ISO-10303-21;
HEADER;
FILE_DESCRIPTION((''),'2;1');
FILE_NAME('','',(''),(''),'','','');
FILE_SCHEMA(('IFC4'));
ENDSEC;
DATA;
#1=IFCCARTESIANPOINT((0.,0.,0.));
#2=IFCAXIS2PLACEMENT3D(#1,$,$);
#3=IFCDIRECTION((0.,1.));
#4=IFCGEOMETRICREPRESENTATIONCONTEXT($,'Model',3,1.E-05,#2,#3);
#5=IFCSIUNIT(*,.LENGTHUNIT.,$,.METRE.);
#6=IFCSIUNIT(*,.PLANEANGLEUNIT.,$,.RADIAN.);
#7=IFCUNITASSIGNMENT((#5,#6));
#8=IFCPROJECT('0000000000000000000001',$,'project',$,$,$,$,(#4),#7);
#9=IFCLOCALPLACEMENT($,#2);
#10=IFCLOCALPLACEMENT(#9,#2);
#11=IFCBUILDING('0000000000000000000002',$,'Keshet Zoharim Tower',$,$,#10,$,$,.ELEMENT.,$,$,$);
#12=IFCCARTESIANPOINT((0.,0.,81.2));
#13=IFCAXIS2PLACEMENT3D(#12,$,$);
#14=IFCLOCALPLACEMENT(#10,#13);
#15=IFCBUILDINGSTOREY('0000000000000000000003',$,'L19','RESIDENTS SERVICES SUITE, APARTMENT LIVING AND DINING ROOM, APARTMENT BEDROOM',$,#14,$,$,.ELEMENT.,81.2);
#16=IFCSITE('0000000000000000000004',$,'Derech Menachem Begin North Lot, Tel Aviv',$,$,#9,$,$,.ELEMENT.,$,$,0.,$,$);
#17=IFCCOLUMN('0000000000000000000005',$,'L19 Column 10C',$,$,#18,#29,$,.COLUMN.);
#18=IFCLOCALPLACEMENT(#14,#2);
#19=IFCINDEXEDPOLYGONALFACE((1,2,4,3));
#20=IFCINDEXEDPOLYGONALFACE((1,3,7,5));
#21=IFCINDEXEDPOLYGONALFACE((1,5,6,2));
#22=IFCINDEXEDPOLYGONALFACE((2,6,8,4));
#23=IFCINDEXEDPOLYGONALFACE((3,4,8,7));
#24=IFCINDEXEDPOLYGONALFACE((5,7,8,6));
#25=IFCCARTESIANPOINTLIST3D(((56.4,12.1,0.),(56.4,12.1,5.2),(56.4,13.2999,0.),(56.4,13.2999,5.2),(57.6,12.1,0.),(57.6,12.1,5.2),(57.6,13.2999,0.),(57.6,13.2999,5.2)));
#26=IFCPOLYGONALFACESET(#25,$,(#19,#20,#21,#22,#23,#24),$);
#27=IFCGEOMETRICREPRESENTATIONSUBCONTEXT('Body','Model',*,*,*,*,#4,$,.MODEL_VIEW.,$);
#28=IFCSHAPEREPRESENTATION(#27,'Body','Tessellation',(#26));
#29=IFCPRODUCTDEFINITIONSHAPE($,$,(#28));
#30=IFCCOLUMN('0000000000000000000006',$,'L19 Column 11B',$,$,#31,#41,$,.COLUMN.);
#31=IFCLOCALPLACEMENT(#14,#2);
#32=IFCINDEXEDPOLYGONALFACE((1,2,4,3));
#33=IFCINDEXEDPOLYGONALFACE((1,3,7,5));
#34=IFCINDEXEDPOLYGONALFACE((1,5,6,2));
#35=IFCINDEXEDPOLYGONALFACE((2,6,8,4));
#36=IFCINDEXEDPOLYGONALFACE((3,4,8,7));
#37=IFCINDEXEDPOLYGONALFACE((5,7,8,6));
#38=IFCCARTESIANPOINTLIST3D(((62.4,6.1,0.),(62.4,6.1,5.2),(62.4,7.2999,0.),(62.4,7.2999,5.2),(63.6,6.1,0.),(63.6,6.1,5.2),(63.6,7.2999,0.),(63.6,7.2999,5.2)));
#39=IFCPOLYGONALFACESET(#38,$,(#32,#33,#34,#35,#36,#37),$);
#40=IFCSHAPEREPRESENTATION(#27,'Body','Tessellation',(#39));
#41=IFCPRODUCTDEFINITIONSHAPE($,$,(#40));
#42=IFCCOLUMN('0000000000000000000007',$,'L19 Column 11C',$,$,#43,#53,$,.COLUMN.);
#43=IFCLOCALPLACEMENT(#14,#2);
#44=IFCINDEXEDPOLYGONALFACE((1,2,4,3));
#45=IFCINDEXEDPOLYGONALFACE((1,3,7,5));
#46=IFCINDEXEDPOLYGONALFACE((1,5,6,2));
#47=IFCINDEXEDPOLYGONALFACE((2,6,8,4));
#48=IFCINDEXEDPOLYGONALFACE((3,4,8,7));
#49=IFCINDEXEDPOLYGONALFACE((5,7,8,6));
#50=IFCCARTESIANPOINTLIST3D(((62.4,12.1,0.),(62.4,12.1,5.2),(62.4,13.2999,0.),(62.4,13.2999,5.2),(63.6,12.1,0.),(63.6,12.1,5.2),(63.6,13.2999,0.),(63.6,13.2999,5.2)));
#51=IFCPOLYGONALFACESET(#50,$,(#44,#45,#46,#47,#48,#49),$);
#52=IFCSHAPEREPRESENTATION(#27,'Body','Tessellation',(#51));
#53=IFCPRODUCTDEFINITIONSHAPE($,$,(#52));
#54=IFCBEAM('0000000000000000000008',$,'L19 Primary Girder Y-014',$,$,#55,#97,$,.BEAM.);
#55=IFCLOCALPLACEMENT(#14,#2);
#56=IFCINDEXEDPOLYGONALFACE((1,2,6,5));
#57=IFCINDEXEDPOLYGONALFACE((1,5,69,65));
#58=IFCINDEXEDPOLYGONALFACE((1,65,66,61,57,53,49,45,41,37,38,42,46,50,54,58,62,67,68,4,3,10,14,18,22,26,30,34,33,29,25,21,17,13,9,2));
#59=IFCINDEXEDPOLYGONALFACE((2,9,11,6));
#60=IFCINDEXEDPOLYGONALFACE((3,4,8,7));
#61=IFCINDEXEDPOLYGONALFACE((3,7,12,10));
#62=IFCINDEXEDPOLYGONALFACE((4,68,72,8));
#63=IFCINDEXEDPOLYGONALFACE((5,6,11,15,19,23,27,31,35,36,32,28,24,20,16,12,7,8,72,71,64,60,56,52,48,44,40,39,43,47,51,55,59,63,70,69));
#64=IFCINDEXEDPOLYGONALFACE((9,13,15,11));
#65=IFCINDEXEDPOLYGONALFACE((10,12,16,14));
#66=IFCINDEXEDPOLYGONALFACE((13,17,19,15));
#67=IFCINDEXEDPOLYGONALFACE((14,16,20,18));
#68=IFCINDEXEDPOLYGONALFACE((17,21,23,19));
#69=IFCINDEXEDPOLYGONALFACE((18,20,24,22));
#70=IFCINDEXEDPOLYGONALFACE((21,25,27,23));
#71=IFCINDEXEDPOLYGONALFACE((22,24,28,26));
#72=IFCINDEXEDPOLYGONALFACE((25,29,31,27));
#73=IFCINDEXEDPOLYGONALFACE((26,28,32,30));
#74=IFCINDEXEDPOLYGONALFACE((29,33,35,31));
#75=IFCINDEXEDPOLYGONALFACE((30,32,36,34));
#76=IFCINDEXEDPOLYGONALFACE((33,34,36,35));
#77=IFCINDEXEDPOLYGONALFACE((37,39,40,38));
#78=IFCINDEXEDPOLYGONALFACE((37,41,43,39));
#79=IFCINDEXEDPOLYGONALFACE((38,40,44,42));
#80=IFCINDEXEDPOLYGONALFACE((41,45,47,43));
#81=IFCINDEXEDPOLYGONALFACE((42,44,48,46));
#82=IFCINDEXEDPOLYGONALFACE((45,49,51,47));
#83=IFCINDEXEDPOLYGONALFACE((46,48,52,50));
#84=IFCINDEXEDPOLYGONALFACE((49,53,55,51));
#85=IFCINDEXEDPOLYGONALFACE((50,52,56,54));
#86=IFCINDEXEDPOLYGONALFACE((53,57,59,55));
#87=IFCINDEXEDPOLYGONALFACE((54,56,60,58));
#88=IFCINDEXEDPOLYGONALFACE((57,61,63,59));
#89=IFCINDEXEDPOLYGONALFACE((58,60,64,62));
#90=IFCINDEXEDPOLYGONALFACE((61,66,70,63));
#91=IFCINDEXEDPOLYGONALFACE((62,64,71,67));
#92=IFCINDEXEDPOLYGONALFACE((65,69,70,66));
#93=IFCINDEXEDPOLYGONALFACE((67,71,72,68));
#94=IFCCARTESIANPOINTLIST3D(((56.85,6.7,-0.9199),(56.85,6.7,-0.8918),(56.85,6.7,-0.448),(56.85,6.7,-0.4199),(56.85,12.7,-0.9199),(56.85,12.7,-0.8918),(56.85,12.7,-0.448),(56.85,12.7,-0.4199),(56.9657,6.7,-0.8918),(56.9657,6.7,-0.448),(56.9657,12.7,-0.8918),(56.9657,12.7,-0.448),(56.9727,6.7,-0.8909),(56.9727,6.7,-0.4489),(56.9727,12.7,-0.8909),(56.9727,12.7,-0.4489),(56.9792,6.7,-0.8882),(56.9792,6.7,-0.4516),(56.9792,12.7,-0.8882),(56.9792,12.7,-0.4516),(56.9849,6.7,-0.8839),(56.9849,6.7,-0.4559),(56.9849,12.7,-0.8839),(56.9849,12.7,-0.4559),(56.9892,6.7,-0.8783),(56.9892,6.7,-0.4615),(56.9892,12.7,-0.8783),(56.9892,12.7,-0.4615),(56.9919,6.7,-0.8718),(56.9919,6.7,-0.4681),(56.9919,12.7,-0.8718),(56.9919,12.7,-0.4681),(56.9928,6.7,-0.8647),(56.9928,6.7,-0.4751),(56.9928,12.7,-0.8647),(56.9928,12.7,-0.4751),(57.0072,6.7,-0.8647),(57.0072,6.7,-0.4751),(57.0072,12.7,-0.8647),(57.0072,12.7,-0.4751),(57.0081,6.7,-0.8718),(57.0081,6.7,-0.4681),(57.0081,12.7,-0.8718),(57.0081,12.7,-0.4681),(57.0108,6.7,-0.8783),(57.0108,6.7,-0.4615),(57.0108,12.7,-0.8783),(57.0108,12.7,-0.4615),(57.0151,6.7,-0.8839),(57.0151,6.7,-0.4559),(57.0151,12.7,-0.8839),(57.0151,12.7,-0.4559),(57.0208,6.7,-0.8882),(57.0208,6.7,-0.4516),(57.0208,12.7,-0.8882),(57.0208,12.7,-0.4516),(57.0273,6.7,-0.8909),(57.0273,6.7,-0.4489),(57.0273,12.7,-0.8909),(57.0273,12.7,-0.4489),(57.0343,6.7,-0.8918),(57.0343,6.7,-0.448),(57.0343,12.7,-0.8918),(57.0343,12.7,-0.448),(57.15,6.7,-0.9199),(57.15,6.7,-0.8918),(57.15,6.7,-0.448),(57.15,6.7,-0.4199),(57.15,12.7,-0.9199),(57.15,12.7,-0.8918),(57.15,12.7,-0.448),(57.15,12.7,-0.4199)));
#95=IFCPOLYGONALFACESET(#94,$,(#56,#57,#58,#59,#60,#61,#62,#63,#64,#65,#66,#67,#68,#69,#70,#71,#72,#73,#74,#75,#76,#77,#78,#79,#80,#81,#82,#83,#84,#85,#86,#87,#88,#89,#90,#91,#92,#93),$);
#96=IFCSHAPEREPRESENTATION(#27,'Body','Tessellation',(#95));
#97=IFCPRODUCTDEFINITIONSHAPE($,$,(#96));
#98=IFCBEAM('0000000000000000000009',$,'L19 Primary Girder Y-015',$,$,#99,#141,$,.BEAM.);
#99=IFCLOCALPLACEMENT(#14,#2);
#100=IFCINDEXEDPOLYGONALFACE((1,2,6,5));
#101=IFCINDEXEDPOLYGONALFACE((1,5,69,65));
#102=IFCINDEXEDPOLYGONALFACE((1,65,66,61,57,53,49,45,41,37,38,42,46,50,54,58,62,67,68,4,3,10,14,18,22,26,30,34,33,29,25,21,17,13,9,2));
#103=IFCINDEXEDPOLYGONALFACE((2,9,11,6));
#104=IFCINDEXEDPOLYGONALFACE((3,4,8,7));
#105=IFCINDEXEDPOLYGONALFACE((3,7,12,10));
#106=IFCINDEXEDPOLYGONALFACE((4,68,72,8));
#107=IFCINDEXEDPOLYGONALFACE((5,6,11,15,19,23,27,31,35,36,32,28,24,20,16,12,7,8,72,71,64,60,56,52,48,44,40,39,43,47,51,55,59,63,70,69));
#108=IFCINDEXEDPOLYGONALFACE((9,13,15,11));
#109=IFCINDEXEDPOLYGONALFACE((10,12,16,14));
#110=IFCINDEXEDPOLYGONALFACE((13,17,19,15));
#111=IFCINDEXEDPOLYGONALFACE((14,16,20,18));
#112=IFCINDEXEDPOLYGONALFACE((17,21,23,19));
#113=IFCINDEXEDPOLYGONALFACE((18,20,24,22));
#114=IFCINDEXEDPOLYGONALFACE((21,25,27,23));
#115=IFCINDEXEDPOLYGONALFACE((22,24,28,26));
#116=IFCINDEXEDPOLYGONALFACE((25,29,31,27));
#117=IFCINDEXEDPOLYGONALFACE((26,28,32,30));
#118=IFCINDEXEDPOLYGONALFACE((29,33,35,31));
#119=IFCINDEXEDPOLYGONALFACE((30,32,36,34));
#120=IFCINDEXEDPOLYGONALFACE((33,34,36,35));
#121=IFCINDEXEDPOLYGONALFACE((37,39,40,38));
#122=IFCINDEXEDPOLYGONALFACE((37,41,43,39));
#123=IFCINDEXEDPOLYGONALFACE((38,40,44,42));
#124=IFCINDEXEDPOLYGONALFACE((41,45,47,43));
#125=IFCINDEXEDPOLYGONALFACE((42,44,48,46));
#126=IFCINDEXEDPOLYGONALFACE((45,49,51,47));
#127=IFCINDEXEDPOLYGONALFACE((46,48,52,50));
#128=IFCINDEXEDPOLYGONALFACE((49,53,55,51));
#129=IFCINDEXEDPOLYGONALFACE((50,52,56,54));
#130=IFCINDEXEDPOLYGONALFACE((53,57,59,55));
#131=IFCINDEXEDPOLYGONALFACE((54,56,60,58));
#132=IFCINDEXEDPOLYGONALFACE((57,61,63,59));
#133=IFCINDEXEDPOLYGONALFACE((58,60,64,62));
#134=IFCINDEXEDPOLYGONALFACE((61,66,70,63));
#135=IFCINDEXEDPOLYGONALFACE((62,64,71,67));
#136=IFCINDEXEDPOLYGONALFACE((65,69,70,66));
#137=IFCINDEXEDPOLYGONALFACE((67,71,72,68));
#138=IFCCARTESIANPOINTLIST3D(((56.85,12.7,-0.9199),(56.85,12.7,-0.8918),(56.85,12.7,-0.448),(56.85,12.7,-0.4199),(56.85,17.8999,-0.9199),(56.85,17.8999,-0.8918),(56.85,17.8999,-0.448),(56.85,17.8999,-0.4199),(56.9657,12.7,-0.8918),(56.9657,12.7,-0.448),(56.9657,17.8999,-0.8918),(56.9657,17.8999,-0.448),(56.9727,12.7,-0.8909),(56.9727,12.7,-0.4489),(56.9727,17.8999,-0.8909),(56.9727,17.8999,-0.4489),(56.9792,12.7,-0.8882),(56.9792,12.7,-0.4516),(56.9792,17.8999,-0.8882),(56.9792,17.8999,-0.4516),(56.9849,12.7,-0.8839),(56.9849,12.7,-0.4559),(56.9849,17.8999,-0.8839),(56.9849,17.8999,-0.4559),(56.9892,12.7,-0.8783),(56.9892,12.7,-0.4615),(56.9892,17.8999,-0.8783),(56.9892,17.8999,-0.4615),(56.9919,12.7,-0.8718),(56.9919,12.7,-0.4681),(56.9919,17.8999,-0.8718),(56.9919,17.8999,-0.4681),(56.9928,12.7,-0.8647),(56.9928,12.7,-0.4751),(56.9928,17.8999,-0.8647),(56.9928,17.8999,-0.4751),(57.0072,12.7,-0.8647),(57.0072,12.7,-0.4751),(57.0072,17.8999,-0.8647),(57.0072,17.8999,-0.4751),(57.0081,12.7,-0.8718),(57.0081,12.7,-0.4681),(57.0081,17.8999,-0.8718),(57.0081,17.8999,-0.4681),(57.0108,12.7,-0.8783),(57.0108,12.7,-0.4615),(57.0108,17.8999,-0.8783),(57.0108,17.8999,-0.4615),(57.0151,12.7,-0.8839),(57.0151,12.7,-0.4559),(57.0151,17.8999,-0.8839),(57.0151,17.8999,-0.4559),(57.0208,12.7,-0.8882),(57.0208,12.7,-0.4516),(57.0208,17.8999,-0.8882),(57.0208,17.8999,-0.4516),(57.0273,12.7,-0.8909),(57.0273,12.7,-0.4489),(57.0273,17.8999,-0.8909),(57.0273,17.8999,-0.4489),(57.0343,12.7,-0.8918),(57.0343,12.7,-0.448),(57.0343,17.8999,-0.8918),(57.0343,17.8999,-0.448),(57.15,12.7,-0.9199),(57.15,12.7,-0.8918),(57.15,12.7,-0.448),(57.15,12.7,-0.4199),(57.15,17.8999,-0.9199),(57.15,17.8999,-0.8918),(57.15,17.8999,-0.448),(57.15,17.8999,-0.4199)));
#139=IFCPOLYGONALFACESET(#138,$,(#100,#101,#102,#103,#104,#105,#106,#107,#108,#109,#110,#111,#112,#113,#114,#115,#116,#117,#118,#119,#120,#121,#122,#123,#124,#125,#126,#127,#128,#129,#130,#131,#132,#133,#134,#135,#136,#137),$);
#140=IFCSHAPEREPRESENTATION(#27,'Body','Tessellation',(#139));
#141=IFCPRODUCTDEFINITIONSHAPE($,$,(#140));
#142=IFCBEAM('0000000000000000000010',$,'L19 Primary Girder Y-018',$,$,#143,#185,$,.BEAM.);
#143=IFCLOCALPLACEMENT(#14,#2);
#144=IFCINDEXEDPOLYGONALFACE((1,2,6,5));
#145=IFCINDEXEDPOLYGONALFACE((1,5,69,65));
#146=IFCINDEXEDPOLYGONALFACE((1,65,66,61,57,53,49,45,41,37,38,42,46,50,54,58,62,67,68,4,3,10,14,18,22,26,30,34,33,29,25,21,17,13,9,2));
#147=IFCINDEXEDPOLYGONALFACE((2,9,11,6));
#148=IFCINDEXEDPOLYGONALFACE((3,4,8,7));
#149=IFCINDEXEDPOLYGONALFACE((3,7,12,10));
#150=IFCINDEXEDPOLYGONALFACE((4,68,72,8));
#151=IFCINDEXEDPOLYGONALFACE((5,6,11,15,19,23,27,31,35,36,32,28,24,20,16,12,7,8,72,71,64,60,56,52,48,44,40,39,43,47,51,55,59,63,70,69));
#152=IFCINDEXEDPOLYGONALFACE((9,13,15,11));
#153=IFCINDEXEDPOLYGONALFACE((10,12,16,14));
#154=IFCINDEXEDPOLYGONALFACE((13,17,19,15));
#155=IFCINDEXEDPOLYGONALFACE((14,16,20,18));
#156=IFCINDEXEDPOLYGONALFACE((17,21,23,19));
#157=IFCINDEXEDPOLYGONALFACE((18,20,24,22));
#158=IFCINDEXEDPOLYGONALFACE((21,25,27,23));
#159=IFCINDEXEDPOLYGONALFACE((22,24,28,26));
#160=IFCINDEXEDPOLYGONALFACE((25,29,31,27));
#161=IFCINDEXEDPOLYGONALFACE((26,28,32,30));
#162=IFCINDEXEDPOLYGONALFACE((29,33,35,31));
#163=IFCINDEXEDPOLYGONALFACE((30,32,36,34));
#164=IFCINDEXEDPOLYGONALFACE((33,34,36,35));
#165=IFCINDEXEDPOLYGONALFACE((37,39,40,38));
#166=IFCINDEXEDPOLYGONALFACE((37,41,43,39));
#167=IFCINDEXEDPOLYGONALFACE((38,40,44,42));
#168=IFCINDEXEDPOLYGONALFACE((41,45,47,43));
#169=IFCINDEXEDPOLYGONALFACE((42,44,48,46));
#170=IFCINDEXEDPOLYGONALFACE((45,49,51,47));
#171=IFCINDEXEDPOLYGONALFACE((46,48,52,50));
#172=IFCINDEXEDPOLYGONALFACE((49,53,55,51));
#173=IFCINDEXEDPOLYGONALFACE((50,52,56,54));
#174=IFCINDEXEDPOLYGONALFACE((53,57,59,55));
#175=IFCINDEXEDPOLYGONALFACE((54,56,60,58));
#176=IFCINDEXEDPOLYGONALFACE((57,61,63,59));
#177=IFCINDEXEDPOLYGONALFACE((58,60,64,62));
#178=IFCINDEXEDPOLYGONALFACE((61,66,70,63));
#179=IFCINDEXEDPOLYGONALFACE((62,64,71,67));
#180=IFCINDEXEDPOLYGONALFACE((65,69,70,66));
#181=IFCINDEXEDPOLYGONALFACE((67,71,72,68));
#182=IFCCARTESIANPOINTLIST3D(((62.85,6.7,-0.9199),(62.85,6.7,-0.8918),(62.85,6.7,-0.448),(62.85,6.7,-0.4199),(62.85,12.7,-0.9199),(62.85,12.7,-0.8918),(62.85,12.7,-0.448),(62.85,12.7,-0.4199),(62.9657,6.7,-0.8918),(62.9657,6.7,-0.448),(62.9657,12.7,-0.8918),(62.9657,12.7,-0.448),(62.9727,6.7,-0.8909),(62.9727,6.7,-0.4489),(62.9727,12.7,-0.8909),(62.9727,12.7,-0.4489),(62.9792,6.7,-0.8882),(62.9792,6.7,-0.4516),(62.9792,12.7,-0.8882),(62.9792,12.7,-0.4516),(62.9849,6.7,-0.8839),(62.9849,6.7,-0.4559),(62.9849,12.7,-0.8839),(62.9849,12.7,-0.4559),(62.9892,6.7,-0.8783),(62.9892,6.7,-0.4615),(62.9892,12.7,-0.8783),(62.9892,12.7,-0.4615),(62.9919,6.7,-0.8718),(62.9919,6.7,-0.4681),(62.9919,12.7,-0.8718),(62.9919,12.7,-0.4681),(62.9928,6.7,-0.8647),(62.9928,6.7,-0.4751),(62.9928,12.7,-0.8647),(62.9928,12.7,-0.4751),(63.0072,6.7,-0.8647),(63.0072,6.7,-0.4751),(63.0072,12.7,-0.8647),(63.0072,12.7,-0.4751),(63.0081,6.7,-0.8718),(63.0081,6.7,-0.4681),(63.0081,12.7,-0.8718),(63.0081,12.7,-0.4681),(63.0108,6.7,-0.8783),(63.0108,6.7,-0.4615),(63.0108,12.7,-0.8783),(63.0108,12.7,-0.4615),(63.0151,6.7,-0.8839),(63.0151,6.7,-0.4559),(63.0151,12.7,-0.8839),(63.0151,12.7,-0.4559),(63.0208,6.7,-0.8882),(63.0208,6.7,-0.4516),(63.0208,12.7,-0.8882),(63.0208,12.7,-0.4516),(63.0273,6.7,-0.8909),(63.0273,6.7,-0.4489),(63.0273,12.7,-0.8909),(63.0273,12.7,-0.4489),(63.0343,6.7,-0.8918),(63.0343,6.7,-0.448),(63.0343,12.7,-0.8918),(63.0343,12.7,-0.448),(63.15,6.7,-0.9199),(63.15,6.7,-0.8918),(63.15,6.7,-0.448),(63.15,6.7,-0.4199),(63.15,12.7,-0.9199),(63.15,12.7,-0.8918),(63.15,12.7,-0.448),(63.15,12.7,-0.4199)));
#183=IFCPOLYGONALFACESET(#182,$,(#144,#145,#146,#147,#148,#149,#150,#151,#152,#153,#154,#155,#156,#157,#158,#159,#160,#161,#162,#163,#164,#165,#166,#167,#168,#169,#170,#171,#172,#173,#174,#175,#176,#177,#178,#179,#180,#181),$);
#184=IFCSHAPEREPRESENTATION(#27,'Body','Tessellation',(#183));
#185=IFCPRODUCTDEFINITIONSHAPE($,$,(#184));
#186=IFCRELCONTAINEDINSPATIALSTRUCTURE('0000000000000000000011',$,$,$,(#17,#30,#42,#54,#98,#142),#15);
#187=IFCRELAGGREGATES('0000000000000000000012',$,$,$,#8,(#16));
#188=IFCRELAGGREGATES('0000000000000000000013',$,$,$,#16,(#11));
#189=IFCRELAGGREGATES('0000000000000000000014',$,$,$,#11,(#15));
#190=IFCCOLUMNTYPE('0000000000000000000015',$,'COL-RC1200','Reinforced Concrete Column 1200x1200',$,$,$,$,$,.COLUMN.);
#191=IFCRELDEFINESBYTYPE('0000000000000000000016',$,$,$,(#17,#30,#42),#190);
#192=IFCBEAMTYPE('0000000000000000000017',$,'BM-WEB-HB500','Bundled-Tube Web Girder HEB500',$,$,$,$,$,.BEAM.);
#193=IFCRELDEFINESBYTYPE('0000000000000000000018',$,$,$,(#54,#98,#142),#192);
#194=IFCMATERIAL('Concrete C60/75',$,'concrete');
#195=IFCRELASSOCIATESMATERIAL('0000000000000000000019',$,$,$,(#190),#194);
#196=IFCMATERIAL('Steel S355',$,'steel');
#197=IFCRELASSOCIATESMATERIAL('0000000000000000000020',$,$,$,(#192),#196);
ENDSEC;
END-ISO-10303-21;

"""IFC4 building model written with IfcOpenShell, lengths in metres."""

from ifc_helpers import new_model, si_unit, direction, frame, origin, origin_2d, place, context, subcontext, project, spatial, rectangle, i_section, extrude, material, material_profile, profile_set, type_object, element, save


model = new_model("IFC4")

# Units and contexts
model_context = context("Model", 3, precision=1e-05, world=origin(), true_north=direction((0.0, 1.0)))
body_context = subcontext(model_context, "Body", "Model", "MODEL_VIEW")
ifc_project = project(units=[si_unit("LENGTHUNIT", "METRE"), si_unit("PLANEANGLEUNIT", "RADIAN")], contexts=[model_context])

# Site, building, storey
site_placement = place(None, origin())
site = spatial("IfcSite", under=ifc_project, at=site_placement, Name="Derech Menachem Begin North Lot, Tel Aviv", CompositionType="ELEMENT", RefElevation=0.0)
building_placement = place(site_placement, origin())
building = spatial("IfcBuilding", under=site, at=building_placement, Name="Keshet Zoharim Tower", CompositionType="ELEMENT")
storey_placement = place(building_placement, frame((0.0, 0.0, 81.2)))
storey = spatial("IfcBuildingStorey", under=building, at=storey_placement, Name="L19", Description="RESIDENTS SERVICES SUITE, APARTMENT LIVING AND DINING ROOM, APARTMENT BEDROOM", CompositionType="ELEMENT", Elevation=81.2)

# Columns
ifc_material_1 = material(Name="Concrete C60/75", Category="concrete")
ifc_material_profile_1 = material_profile(ifc_material_1, rectangle(XDim=1.2, YDim=1.2, at=origin_2d()), Name="RC1200x1200")
ifc_profile_set_1 = profile_set([ifc_material_profile_1], Name="Concrete C60/75")
column_type = type_object("IfcColumnType", Name="COL-RC1200", Description="Reinforced Concrete Column 1200x1200", PredefinedType="COLUMN", material=ifc_profile_set_1)
for number, where, z_axis, x_axis, name in (
    (1, (57.0, 12.7, 0.0), (0.0, 0.0, 1.0), (1.0, 0.0, 0.0), "L19 Column 10C"),
    (2, (63.0, 6.7, 0.0), (0.0, 0.0, 1.0), (1.0, 0.0, 0.0), "L19 Column 11B"),
    (3, (63.0, 12.7, 0.0), (0.0, 0.0, 1.0), (1.0, 0.0, 0.0), "L19 Column 11C"),
):
    element("IfcColumn", number, at=place(storey_placement, frame(where, z_axis=z_axis, x_axis=x_axis)), inside=storey, type_object=column_type, Name=name, PredefinedType="COLUMN", context=body_context, shape_type="SweptSolid", body=[
        extrude(rectangle(XDim=1.2, YDim=1.2, at=origin_2d()), origin(), (0.0, 0.0, 1.0), 5.2),
    ])

# Beams
ifc_material_2 = material(Name="Steel S355", Category="steel")
ifc_material_profile_2 = material_profile(ifc_material_2, i_section(OverallWidth=0.3, OverallDepth=0.5, WebThickness=0.0144, FlangeThickness=0.0281, FilletRadius=0.0271, at=origin_2d()), Name="HEB500")
ifc_profile_set_2 = profile_set([ifc_material_profile_2], Name="Steel S355")
beam_type_1 = type_object("IfcBeamType", Name="BM-WEB-HB500", Description="Bundled-Tube Web Girder HEB500", PredefinedType="BEAM", material=ifc_profile_set_2)
beam_1_placement = place(storey_placement, frame((57.0, 6.7, -0.6699), z_axis=(0.0, 1.0, 0.0), x_axis=(-1.0, 0.0, 0.0)))
element("IfcBeam", 4, at=beam_1_placement, inside=storey, type_object=beam_type_1, Name="L19 Primary Girder Y-014", PredefinedType="BEAM", context=body_context, shape_type="SweptSolid", body=[
    extrude(i_section(OverallWidth=0.3, OverallDepth=0.5, WebThickness=0.0144, FlangeThickness=0.0281, FilletRadius=0.0271, at=origin_2d()), origin(), (0.0, 0.0, 1.0), 6.0),
])
beam_2_placement = place(storey_placement, frame((57.0, 12.7, -0.6699), z_axis=(0.0, 1.0, 0.0), x_axis=(-1.0, 0.0, 0.0)))
element("IfcBeam", 5, at=beam_2_placement, inside=storey, type_object=beam_type_1, Name="L19 Primary Girder Y-015", PredefinedType="BEAM", context=body_context, shape_type="SweptSolid", body=[
    extrude(i_section(OverallWidth=0.3, OverallDepth=0.5, WebThickness=0.0144, FlangeThickness=0.0281, FilletRadius=0.0271, at=origin_2d()), origin(), (0.0, 0.0, 1.0), 5.2),
])
beam_3_placement = place(storey_placement, frame((63.0, 6.7, -0.6699), z_axis=(0.0, 1.0, 0.0), x_axis=(-1.0, 0.0, 0.0)))
element("IfcBeam", 6, at=beam_3_placement, inside=storey, type_object=beam_type_1, Name="L19 Primary Girder Y-018", PredefinedType="BEAM", context=body_context, shape_type="SweptSolid", body=[
    extrude(i_section(OverallWidth=0.3, OverallDepth=0.5, WebThickness=0.0144, FlangeThickness=0.0281, FilletRadius=0.0271, at=origin_2d()), origin(), (0.0, 0.0, 1.0), 6.0),
])

save(model, "model.ifc")
